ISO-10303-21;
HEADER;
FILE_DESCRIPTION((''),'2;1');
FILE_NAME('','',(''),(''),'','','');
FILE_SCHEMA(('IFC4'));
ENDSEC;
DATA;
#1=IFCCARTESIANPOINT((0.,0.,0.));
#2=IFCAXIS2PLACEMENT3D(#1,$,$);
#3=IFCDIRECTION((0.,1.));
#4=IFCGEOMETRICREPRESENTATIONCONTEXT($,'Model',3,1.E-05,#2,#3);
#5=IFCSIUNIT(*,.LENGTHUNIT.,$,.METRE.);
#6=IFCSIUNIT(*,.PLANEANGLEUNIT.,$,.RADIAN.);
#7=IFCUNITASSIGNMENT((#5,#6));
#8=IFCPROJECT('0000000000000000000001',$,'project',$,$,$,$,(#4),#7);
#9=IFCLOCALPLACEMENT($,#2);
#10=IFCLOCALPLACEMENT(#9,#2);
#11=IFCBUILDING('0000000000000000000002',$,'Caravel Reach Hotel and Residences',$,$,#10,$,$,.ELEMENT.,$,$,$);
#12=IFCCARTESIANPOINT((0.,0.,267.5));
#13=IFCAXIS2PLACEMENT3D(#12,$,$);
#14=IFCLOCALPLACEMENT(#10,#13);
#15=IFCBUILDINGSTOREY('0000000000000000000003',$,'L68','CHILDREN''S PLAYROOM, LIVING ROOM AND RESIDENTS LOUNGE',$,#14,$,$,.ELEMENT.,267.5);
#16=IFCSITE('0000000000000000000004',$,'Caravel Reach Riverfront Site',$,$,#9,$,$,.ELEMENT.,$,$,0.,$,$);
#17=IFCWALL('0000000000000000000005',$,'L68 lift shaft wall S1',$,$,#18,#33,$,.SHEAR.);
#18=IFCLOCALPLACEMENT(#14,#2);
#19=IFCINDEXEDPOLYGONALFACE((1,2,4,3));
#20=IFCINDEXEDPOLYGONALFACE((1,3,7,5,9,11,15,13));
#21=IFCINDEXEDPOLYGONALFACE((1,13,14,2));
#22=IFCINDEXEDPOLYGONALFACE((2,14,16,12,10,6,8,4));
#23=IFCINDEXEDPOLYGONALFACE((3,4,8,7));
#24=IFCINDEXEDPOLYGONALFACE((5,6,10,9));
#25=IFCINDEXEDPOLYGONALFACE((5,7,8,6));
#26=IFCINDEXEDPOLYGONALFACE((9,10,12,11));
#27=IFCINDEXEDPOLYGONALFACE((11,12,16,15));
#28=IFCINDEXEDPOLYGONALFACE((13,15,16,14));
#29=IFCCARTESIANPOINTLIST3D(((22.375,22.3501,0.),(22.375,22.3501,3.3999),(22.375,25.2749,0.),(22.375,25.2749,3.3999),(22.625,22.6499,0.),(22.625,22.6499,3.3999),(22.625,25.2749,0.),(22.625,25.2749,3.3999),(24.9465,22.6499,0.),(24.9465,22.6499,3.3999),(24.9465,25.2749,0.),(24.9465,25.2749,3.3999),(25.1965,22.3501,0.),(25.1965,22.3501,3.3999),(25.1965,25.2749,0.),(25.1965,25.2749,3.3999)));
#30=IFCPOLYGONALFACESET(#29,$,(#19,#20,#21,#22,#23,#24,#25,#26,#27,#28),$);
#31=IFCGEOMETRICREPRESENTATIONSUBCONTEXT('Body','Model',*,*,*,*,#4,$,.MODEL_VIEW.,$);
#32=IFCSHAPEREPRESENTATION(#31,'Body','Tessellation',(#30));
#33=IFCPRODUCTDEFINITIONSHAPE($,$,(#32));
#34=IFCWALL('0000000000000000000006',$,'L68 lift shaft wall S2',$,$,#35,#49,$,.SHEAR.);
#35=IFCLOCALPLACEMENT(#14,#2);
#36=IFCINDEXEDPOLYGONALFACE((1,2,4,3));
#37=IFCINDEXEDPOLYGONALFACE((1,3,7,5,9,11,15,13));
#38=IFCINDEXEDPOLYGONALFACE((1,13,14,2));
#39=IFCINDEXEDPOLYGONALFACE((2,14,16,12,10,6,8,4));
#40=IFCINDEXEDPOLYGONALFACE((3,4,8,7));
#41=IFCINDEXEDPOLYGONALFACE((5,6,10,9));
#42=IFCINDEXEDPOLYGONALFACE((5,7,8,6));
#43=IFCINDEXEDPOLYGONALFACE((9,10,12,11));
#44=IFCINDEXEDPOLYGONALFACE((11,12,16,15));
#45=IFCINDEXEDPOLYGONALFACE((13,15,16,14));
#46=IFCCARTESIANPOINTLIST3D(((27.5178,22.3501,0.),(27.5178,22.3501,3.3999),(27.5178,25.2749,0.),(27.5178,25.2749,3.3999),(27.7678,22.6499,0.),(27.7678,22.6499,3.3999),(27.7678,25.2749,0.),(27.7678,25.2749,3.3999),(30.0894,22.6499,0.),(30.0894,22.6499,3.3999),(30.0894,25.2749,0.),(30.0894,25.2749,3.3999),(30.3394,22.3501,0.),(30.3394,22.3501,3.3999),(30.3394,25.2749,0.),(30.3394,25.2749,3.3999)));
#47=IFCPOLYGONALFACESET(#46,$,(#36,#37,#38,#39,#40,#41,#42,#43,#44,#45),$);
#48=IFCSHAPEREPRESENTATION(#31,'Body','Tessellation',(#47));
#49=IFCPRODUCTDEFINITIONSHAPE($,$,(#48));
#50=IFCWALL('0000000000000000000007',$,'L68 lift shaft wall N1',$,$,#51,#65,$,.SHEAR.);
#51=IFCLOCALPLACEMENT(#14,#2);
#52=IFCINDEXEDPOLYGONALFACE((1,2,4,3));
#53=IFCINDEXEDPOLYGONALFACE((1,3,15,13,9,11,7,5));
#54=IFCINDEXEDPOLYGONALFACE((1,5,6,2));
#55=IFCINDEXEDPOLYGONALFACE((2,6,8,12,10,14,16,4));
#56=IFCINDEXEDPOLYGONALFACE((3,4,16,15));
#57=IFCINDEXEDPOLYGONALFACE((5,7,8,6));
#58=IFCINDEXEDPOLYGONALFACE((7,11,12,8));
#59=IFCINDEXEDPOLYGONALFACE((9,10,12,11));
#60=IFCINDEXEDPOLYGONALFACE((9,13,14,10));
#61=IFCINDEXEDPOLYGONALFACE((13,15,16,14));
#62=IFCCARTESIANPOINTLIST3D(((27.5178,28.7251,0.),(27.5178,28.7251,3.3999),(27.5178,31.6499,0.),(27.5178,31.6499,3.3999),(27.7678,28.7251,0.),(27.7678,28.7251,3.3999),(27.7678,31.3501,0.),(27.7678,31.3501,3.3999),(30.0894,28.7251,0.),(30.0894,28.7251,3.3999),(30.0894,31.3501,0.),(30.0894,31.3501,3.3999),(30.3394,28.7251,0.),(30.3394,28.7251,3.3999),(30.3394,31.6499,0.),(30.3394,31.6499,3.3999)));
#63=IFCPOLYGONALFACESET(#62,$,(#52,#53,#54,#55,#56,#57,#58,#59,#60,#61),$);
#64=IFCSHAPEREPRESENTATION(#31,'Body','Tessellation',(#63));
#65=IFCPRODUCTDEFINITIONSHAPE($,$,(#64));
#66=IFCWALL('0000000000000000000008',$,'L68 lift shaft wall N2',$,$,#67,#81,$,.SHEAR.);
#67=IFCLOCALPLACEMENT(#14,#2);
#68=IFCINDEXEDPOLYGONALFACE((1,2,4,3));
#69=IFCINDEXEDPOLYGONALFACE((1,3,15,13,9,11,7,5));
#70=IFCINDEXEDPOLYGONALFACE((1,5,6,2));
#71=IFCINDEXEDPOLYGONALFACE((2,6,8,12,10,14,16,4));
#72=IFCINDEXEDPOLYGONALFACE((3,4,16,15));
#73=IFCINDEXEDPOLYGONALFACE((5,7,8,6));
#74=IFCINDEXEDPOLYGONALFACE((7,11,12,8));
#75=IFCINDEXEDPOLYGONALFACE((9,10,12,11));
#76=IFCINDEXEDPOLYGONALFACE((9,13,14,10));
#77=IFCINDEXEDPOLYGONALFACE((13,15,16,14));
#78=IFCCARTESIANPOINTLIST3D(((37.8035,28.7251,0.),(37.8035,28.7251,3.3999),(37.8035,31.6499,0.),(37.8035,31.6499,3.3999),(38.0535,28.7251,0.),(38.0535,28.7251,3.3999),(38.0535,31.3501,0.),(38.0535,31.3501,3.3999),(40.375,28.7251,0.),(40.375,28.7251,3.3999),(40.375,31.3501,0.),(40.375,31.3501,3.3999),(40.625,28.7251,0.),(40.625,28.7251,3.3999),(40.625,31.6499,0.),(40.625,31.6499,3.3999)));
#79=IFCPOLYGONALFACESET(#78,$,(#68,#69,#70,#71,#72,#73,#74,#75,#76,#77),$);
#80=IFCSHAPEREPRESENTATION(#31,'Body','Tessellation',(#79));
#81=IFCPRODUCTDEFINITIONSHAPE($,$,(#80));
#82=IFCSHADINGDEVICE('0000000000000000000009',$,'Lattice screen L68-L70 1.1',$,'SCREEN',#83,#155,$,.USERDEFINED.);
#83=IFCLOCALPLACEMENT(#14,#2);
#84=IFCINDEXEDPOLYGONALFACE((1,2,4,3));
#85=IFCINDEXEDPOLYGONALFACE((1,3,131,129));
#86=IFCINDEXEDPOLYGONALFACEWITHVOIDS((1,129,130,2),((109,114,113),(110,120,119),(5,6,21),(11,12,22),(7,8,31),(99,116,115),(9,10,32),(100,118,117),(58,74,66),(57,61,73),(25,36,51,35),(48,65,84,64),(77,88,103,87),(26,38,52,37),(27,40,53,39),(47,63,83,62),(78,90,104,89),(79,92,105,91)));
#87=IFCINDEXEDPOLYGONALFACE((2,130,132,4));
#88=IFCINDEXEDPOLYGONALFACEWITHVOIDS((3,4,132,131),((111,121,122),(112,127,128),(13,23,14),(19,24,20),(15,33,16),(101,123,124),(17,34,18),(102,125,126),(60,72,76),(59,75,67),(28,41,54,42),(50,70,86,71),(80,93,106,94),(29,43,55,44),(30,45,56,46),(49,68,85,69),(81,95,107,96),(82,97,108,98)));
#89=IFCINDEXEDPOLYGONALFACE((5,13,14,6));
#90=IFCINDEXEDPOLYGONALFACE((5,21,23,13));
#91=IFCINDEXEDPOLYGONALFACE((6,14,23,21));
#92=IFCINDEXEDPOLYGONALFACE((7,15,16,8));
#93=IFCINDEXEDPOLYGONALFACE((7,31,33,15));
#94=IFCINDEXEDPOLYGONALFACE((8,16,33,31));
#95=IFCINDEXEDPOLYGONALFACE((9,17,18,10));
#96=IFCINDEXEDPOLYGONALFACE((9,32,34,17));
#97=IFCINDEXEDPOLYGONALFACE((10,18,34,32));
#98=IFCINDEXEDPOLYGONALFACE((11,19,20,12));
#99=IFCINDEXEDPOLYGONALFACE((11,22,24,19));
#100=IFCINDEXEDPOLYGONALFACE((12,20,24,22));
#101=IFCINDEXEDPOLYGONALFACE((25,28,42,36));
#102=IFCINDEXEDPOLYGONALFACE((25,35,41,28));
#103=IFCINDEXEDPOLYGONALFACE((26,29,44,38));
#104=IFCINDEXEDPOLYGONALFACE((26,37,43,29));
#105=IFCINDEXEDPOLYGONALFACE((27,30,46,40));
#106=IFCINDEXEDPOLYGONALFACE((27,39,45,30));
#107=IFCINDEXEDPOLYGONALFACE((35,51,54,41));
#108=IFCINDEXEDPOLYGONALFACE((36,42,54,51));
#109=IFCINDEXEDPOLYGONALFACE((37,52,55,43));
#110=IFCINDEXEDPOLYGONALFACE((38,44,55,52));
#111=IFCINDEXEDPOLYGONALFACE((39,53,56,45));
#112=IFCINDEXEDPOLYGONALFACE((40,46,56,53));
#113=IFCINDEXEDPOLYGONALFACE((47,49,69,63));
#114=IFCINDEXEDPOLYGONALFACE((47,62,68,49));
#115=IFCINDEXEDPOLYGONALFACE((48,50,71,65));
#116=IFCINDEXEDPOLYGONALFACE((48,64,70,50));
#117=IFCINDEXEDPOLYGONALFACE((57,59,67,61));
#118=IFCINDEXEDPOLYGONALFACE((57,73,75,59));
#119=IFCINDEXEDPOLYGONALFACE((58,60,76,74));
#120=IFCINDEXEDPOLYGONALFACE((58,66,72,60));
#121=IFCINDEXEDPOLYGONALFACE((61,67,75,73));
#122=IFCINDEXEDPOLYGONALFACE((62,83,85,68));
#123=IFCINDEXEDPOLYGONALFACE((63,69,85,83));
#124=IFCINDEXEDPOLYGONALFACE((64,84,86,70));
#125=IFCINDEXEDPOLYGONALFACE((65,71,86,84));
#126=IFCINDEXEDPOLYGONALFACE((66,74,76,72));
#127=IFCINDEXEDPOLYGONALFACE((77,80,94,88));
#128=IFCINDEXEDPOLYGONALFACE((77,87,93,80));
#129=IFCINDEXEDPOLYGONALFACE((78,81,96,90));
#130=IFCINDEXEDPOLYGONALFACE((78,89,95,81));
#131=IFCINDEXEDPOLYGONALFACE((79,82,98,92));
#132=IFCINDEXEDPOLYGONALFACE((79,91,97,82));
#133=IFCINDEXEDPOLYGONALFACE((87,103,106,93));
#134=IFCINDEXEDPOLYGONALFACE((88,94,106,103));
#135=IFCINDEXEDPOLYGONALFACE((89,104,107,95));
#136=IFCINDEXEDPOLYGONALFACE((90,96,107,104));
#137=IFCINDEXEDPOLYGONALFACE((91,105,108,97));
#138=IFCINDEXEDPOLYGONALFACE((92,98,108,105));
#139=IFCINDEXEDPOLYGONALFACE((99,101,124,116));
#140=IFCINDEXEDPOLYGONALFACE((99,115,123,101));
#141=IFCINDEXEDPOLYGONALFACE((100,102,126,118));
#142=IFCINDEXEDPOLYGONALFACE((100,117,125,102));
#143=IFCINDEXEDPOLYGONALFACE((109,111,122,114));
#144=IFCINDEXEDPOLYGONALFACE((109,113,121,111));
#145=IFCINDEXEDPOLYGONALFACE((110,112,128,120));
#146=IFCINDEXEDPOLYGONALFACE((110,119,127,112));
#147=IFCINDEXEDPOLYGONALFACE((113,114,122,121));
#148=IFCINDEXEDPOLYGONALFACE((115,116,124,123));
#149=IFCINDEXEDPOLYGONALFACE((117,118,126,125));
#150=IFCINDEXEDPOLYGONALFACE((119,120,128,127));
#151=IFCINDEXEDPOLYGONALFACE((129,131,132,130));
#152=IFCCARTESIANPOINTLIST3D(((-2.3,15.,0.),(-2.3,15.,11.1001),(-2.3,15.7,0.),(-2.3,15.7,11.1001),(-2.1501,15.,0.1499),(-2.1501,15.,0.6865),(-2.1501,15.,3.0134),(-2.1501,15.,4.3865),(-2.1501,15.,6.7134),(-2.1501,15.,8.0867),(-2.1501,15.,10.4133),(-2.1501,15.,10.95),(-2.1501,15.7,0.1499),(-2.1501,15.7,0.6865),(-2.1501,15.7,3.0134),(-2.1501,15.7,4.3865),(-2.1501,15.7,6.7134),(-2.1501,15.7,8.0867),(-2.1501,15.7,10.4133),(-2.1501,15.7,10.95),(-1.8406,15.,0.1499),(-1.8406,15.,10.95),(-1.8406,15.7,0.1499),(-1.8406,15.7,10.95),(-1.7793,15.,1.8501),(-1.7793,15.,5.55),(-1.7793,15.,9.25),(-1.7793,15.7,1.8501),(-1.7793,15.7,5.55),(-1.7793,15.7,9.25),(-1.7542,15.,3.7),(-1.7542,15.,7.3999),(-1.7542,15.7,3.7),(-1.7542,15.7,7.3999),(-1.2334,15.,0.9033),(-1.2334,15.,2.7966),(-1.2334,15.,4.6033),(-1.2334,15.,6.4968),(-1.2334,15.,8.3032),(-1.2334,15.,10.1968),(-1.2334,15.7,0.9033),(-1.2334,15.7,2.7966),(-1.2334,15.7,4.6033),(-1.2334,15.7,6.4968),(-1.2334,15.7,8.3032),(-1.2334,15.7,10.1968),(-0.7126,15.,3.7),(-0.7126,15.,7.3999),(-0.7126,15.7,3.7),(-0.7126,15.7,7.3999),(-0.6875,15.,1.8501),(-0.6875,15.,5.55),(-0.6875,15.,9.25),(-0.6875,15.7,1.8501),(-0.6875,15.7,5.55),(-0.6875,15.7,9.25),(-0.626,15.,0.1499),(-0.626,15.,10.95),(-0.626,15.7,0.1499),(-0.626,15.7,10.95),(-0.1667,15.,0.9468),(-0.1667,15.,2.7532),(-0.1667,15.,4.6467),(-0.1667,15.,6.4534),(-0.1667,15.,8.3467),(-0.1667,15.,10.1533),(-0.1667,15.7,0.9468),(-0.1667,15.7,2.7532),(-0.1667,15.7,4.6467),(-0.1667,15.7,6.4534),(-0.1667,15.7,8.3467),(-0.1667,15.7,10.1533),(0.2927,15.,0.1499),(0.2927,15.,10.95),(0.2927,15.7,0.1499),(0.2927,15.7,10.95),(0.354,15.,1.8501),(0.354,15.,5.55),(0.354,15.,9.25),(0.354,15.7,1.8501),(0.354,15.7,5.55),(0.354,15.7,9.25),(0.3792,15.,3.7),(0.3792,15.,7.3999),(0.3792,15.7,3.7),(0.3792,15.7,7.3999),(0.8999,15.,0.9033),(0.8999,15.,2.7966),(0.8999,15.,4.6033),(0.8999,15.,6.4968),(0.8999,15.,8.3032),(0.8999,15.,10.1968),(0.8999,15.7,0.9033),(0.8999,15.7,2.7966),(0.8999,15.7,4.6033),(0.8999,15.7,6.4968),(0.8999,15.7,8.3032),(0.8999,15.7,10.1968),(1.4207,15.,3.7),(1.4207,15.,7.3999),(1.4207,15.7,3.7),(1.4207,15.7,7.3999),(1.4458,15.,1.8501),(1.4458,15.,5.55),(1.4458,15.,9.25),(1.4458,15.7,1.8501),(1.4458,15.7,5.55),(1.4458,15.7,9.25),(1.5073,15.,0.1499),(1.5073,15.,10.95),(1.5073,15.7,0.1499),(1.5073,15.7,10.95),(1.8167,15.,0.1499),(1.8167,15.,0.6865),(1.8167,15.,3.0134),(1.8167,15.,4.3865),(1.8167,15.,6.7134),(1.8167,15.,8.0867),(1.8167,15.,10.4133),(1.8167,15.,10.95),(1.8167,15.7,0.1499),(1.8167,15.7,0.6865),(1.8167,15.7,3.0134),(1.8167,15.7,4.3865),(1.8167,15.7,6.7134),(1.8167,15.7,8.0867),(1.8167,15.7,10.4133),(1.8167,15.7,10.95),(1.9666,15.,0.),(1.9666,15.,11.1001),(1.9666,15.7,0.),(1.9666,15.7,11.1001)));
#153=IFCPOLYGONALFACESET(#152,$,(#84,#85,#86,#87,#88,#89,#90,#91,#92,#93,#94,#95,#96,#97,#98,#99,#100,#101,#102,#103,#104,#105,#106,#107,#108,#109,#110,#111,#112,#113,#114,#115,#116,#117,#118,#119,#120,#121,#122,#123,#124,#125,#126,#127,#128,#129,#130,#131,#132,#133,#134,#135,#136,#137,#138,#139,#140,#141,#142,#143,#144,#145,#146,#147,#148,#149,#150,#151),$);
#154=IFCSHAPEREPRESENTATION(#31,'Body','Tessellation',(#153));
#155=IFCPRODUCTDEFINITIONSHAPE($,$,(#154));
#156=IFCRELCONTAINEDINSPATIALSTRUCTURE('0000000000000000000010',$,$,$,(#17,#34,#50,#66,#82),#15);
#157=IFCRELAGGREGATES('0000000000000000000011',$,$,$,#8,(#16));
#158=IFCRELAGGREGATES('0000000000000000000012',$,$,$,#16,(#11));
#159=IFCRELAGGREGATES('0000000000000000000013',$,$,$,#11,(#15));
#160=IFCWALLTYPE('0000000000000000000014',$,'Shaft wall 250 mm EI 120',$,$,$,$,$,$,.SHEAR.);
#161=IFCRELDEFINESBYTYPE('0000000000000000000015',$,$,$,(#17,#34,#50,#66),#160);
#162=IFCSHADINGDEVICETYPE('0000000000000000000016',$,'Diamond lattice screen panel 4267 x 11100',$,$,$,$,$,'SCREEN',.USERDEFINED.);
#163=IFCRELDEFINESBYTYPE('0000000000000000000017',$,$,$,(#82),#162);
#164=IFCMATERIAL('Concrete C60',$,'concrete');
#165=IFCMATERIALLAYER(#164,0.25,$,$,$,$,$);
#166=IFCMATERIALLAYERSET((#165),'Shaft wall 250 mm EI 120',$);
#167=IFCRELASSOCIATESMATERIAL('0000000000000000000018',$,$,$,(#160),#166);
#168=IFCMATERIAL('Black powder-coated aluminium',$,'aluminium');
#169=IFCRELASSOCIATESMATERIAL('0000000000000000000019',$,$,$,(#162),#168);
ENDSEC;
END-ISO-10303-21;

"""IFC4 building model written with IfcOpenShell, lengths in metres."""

from ifc_helpers import new_model, si_unit, direction, frame, origin, place, context, subcontext, project, spatial, polyline, outline, extrude, material, layer, layer_set, type_object, element, save


model = new_model("IFC4")

# Units and contexts
model_context = context("Model", 3, precision=1e-05, world=origin(), true_north=direction((0.0, 1.0)))
body_context = subcontext(model_context, "Body", "Model", "MODEL_VIEW")
ifc_project = project(units=[si_unit("LENGTHUNIT", "METRE"), si_unit("PLANEANGLEUNIT", "RADIAN")], contexts=[model_context])

# Site, building, storey
site_placement = place(None, origin())
site = spatial("IfcSite", under=ifc_project, at=site_placement, Name="Caravel Reach Riverfront Site", CompositionType="ELEMENT", RefElevation=0.0)
building_placement = place(site_placement, origin())
building = spatial("IfcBuilding", under=site, at=building_placement, Name="Caravel Reach Hotel and Residences", CompositionType="ELEMENT")
storey_placement = place(building_placement, frame((0.0, 0.0, 267.5)))
storey = spatial("IfcBuildingStorey", under=building, at=storey_placement, Name="L68", Description="CHILDREN'S PLAYROOM, LIVING ROOM AND RESIDENTS LOUNGE", CompositionType="ELEMENT", Elevation=267.5)

# Walls
ifc_material_1 = material(Name="Concrete C60", Category="concrete")
ifc_layer_1 = layer(ifc_material_1, 0.25)
ifc_layer_set_1 = layer_set([ifc_layer_1], Name="Shaft wall 250 mm EI 120")
wall_type_1 = type_object("IfcWallType", Name="Shaft wall 250 mm EI 120", PredefinedType="SHEAR", material=ifc_layer_set_1)
wall_1_placement = place(storey_placement, origin())
element("IfcWall", 1, at=wall_1_placement, inside=storey, type_object=wall_type_1, Name="L68 lift shaft wall S1", PredefinedType="SHEAR", context=body_context, shape_type="SweptSolid", body=[
    extrude(outline(polyline([(22.375, 22.3501), (25.1965, 22.3501), (25.1965, 25.2749), (24.9465, 25.2749), (24.9465, 22.6499), (22.625, 22.6499), (22.625, 25.2749), (22.375, 25.2749), (22.375, 22.3501)])), origin(), (0.0, 0.0, 1.0), 3.3999),
])
wall_2_placement = place(storey_placement, origin())
element("IfcWall", 2, at=wall_2_placement, inside=storey, type_object=wall_type_1, Name="L68 lift shaft wall S2", PredefinedType="SHEAR", context=body_context, shape_type="SweptSolid", body=[
    extrude(outline(polyline([(27.5178, 22.3501), (30.3394, 22.3501), (30.3394, 25.2749), (30.0894, 25.2749), (30.0894, 22.6499), (27.7678, 22.6499), (27.7678, 25.2749), (27.5178, 25.2749), (27.5178, 22.3501)])), origin(), (0.0, 0.0, 1.0), 3.3999),
])
wall_3_placement = place(storey_placement, origin())
element("IfcWall", 3, at=wall_3_placement, inside=storey, type_object=wall_type_1, Name="L68 lift shaft wall N1", PredefinedType="SHEAR", context=body_context, shape_type="SweptSolid", body=[
    extrude(outline(polyline([(27.5178, 28.7251), (27.7678, 28.7251), (27.7678, 31.3501), (30.0894, 31.3501), (30.0894, 28.7251), (30.3394, 28.7251), (30.3394, 31.6499), (27.5178, 31.6499), (27.5178, 28.7251)])), origin(), (0.0, 0.0, 1.0), 3.3999),
])
wall_4_placement = place(storey_placement, origin())
element("IfcWall", 4, at=wall_4_placement, inside=storey, type_object=wall_type_1, Name="L68 lift shaft wall N2", PredefinedType="SHEAR", context=body_context, shape_type="SweptSolid", body=[
    extrude(outline(polyline([(37.8035, 28.7251), (38.0535, 28.7251), (38.0535, 31.3501), (40.375, 31.3501), (40.375, 28.7251), (40.625, 28.7251), (40.625, 31.6499), (37.8035, 31.6499), (37.8035, 28.7251)])), origin(), (0.0, 0.0, 1.0), 3.3999),
])

# Shading device
ifc_material_2 = material(Name="Black powder-coated aluminium", Category="aluminium")
shading_device_type_1 = type_object("IfcShadingDeviceType", Name="Diamond lattice screen panel 4267 x 11100", ElementType="SCREEN", PredefinedType="USERDEFINED", material=ifc_material_2)
shading_device_1_placement = place(storey_placement, frame((-2.3, 15.7, 0.0), z_axis=(0.0, -1.0, 0.0), x_axis=(1.0, 0.0, 0.0)))
element("IfcShadingDevice", 5, at=shading_device_1_placement, inside=storey, type_object=shading_device_type_1, Name="Lattice screen L68-L70 1.1", ObjectType="SCREEN", PredefinedType="USERDEFINED", context=body_context, shape_type="SweptSolid", body=[
    extrude(outline(polyline([(0.0, 0.0), (4.2666, 0.0), (4.2666, 11.1001), (0.0, 11.1001), (0.0, 0.0)]), holes=[polyline([(0.4595, 0.1499), (0.1499, 0.6865), (0.1499, 0.1499), (0.4595, 0.1499)]), polyline([(0.5459, 3.7), (0.1499, 4.3865), (0.1499, 3.0134), (0.5459, 3.7)]), polyline([(0.5459, 7.3999), (0.1499, 8.0867), (0.1499, 6.7134), (0.5459, 7.3999)]), polyline([(0.1499, 10.4133), (0.4595, 10.95), (0.1499, 10.95), (0.1499, 10.4133)]), polyline([(1.0667, 2.7966), (0.5208, 1.8501), (1.0667, 0.9033), (1.6125, 1.8501), (1.0667, 2.7966)]), polyline([(1.0667, 6.4968), (0.5208, 5.55), (1.0667, 4.6033), (1.6125, 5.55), (1.0667, 6.4968)]), polyline([(1.0667, 10.1968), (0.5208, 9.25), (1.0667, 8.3032), (1.6125, 9.25), (1.0667, 10.1968)]), polyline([(2.1333, 0.9468), (1.6741, 0.1499), (2.5928, 0.1499), (2.1333, 0.9468)]), polyline([(2.1333, 4.6467), (1.5874, 3.7), (2.1333, 2.7532), (2.6792, 3.7), (2.1333, 4.6467)]), polyline([(2.1333, 8.3467), (1.5874, 7.3999), (2.1333, 6.4534), (2.6792, 7.3999), (2.1333, 8.3467)]), polyline([(2.1333, 10.1533), (2.5928, 10.95), (1.6741, 10.95), (2.1333, 10.1533)]), polyline([(3.2, 2.7966), (2.6541, 1.8501), (3.2, 0.9033), (3.7458, 1.8501), (3.2, 2.7966)]), polyline([(3.2, 6.4968), (2.6541, 5.55), (3.2, 4.6033), (3.7458, 5.55), (3.2, 6.4968)]), polyline([(3.2, 10.1968), (2.6541, 9.25), (3.2, 8.3032), (3.7458, 9.25), (3.2, 10.1968)]), polyline([(4.1167, 0.6865), (3.8074, 0.1499), (4.1167, 0.1499), (4.1167, 0.6865)]), polyline([(3.7207, 3.7), (4.1167, 3.0134), (4.1167, 4.3865), (3.7207, 3.7)]), polyline([(3.7207, 7.3999), (4.1167, 6.7134), (4.1167, 8.0867), (3.7207, 7.3999)]), polyline([(3.8074, 10.95), (4.1167, 10.4133), (4.1167, 10.95), (3.8074, 10.95)])]), origin(), (0.0, 0.0, 1.0), 0.7),
])

save(model, "model.ifc")
